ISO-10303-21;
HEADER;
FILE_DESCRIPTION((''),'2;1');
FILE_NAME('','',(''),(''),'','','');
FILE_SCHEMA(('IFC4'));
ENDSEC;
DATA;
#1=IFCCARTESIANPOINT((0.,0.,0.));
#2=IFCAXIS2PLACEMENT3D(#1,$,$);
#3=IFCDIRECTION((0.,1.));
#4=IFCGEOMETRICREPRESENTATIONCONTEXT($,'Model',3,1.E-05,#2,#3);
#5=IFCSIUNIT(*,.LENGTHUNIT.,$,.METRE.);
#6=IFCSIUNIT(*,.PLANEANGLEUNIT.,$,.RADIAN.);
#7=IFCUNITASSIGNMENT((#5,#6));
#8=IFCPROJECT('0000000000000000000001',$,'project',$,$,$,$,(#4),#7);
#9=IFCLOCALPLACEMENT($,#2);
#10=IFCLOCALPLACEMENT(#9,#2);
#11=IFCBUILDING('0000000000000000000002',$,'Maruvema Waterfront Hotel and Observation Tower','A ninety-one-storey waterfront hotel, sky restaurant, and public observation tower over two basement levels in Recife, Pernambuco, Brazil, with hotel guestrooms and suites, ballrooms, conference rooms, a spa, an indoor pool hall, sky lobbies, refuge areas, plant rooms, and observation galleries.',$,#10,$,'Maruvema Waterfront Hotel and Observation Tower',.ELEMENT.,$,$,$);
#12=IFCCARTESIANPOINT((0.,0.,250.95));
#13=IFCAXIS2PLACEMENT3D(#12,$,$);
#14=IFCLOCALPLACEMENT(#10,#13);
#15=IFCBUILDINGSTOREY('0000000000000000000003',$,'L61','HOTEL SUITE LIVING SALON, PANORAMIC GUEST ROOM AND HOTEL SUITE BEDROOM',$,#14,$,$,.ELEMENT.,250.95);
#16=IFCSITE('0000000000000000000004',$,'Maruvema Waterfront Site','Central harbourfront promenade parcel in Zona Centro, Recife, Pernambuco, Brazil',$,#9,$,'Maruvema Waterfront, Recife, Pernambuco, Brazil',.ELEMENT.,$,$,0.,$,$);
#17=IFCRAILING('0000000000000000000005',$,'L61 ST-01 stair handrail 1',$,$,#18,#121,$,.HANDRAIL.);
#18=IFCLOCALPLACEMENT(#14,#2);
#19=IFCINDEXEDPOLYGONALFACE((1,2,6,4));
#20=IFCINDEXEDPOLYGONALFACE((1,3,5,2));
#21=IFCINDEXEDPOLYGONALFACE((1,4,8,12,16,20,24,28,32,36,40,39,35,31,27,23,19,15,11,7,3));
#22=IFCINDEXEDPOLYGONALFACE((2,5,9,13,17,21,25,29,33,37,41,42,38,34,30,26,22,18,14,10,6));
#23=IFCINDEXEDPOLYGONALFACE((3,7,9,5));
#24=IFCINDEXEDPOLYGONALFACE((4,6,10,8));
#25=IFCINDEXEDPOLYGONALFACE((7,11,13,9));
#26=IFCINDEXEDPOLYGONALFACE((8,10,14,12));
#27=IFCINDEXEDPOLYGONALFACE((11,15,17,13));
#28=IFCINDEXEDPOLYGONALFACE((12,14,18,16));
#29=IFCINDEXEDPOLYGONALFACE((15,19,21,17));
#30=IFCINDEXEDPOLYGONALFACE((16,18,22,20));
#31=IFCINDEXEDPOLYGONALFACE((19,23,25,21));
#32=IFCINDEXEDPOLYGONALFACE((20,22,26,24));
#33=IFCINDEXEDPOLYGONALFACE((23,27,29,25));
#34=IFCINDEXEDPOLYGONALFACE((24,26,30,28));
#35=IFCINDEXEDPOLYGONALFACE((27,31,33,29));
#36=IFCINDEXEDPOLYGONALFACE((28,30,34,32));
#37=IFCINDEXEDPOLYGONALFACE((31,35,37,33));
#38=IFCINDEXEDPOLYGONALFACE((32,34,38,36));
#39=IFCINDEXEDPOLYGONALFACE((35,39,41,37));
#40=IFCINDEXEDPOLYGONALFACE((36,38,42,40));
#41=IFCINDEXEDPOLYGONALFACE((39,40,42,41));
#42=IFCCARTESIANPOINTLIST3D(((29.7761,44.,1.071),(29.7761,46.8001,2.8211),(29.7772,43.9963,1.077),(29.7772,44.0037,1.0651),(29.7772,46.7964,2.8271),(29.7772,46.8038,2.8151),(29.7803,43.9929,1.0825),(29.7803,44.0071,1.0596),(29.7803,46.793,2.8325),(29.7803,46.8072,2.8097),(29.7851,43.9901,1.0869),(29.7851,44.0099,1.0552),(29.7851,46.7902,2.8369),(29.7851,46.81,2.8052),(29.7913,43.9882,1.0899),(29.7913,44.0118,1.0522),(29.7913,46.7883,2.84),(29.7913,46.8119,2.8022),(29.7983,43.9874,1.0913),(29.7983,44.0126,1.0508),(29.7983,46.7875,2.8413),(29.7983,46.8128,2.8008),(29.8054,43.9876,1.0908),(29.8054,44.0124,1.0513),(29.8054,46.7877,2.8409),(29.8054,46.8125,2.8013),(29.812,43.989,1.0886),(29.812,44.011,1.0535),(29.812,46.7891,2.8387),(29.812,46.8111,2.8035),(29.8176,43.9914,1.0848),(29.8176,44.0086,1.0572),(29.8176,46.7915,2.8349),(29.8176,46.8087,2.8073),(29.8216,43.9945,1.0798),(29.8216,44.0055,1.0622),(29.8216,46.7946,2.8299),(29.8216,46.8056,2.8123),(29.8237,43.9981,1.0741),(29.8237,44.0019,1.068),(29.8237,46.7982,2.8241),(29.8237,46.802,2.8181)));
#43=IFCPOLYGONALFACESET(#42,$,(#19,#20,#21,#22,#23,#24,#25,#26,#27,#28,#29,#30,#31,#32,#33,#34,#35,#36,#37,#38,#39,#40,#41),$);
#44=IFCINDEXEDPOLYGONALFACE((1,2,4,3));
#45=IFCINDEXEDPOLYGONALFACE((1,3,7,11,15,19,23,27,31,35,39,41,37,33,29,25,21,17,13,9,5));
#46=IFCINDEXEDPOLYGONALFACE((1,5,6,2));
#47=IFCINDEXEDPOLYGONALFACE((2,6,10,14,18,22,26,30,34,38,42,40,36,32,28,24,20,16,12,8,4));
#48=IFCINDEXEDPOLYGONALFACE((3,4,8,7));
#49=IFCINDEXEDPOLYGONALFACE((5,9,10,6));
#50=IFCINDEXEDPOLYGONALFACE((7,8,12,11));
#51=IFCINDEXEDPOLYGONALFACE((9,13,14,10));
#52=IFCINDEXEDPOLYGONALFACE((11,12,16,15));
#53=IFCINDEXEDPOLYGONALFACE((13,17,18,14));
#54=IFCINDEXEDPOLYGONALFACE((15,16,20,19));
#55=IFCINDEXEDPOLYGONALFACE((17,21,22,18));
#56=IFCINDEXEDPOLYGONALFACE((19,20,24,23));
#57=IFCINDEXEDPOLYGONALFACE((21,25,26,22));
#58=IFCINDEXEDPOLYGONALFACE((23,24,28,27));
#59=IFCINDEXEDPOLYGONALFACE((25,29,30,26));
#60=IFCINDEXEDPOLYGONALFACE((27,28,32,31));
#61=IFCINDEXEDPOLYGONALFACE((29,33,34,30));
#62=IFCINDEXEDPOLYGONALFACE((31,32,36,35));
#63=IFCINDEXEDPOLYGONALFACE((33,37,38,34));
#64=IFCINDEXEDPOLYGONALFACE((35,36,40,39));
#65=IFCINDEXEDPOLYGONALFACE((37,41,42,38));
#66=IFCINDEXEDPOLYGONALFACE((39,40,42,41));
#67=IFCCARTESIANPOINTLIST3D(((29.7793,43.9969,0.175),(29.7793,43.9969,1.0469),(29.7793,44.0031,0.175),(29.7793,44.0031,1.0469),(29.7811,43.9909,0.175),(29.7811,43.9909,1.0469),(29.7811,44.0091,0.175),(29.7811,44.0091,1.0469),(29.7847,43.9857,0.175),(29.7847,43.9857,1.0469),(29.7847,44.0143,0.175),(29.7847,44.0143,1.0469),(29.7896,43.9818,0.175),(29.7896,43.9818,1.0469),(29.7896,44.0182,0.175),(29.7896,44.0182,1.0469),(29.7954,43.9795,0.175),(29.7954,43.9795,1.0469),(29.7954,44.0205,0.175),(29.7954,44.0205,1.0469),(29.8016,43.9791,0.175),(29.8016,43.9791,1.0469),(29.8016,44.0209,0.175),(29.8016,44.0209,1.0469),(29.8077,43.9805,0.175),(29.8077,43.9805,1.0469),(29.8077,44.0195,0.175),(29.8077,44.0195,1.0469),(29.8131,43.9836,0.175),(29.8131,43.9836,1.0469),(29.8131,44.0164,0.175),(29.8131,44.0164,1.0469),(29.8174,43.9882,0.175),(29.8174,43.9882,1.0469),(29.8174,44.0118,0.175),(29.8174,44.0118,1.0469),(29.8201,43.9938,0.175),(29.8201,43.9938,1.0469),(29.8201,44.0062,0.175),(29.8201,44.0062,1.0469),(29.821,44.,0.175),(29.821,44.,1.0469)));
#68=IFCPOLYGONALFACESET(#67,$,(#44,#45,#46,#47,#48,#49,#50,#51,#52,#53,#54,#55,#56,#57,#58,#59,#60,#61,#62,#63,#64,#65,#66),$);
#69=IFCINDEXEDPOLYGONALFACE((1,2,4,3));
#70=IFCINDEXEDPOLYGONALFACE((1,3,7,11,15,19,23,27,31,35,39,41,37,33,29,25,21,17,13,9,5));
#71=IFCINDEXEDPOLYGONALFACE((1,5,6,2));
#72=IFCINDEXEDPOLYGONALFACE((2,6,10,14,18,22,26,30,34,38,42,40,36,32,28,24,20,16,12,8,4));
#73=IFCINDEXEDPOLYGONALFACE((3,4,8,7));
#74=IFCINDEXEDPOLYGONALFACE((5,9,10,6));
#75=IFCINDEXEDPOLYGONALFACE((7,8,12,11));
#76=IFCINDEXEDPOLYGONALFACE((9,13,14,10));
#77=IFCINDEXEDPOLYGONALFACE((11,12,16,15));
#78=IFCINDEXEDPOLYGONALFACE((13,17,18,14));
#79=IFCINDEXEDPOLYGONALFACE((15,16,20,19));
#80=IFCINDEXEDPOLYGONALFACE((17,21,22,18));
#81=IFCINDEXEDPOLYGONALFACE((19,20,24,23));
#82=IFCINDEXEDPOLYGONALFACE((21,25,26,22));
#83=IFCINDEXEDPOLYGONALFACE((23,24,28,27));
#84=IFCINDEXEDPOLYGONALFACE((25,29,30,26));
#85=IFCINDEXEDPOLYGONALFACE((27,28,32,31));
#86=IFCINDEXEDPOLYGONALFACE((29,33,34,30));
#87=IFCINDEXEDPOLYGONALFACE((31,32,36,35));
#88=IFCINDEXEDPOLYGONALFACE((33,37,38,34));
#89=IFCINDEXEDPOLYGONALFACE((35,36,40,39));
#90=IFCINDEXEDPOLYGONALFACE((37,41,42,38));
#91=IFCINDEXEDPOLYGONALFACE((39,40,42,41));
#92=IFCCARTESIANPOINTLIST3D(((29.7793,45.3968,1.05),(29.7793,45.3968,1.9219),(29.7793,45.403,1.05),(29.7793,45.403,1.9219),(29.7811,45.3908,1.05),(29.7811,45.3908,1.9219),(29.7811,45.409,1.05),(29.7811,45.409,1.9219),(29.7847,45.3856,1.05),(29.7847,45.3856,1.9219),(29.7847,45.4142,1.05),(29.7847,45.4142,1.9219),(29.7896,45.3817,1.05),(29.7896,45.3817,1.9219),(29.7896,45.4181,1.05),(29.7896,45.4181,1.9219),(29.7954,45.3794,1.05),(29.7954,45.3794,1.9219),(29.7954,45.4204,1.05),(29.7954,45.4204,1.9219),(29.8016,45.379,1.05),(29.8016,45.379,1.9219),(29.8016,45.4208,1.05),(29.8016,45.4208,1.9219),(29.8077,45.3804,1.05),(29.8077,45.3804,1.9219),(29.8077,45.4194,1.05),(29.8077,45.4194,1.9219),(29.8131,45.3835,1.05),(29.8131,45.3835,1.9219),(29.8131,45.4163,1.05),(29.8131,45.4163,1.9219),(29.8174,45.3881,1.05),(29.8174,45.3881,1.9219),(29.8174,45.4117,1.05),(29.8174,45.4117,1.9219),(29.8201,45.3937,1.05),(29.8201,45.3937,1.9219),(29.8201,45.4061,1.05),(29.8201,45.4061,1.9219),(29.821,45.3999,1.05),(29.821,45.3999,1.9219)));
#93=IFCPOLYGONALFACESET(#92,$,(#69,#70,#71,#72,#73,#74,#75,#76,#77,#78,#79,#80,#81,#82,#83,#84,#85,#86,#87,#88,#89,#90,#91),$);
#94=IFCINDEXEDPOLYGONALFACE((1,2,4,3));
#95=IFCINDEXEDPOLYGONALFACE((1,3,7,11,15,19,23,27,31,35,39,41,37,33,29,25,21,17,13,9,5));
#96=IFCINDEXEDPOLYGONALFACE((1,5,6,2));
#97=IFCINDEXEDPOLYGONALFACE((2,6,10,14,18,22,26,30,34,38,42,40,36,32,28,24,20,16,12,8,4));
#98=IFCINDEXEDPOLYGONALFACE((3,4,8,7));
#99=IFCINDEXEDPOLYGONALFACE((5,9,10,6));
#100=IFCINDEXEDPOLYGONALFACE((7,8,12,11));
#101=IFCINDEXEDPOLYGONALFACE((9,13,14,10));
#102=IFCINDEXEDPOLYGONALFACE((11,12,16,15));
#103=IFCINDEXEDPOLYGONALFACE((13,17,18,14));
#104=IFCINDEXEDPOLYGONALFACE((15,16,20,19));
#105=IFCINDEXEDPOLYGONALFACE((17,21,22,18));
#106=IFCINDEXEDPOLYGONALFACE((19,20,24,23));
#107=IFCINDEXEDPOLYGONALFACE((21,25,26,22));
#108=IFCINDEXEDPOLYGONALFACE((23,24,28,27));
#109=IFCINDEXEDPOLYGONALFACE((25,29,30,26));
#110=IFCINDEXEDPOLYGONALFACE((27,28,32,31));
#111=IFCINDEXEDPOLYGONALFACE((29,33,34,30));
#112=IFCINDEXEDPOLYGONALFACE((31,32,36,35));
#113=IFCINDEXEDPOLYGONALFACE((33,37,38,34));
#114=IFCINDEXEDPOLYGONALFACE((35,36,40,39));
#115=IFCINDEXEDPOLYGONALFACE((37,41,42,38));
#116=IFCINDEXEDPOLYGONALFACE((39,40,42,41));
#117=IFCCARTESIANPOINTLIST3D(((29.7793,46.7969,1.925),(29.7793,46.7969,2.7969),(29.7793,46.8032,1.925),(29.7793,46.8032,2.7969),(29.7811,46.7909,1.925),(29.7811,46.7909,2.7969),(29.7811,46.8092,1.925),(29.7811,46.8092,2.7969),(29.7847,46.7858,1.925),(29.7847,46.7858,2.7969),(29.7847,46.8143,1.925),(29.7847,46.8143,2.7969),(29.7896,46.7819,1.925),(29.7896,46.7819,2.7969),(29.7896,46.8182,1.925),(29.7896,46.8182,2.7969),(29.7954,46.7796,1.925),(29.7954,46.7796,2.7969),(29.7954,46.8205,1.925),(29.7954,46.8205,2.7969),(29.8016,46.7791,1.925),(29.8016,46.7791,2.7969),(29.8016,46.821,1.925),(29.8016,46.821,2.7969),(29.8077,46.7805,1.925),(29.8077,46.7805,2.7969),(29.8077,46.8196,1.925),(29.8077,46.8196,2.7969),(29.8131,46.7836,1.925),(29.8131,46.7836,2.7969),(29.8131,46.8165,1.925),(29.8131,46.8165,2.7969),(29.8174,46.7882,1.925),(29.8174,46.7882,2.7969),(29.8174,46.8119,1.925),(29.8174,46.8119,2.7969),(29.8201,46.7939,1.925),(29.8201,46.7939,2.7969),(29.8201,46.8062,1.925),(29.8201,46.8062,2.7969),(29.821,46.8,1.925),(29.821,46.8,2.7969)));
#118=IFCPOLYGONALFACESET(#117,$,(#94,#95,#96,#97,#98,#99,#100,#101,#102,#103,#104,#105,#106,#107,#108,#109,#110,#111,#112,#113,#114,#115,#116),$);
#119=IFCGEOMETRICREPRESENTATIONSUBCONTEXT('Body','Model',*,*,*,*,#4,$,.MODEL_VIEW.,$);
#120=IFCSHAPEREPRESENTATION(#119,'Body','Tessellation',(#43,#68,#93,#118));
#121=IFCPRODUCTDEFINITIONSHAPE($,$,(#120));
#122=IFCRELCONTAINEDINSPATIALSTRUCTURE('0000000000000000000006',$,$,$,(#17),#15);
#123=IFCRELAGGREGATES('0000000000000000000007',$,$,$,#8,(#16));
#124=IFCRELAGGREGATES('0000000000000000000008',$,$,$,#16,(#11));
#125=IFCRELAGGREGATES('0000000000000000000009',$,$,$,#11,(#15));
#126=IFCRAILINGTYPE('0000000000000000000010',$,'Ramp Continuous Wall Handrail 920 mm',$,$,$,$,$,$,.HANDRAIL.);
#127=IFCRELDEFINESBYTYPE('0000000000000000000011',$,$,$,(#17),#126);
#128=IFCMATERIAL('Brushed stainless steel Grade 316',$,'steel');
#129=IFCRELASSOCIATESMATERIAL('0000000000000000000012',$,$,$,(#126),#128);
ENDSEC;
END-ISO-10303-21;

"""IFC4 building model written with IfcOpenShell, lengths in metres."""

from ifc_helpers import new_model, si_unit, direction, frame, origin, origin_2d, place, context, subcontext, project, spatial, circle, extrude, material, type_object, element, save


model = new_model("IFC4")

# Units and contexts
model_context = context("Model", 3, precision=1e-05, world=origin(), true_north=direction((0.0, 1.0)))
body_context = subcontext(model_context, "Body", "Model", "MODEL_VIEW")
ifc_project = project(units=[si_unit("LENGTHUNIT", "METRE"), si_unit("PLANEANGLEUNIT", "RADIAN")], contexts=[model_context])

# Site, building, storey
site_placement = place(None, origin())
site = spatial("IfcSite", under=ifc_project, at=site_placement, Name="Maruvema Waterfront Site", Description="Central harbourfront promenade parcel in Zona Centro, Recife, Pernambuco, Brazil", LongName="Maruvema Waterfront, Recife, Pernambuco, Brazil", CompositionType="ELEMENT", RefElevation=0.0)
building_placement = place(site_placement, origin())
building = spatial("IfcBuilding", under=site, at=building_placement, Name="Maruvema Waterfront Hotel and Observation Tower", Description="A ninety-one-storey waterfront hotel, sky restaurant, and public observation tower over two basement levels in Recife, Pernambuco, Brazil, with hotel guestrooms and suites, ballrooms, conference rooms, a spa, an indoor pool hall, sky lobbies, refuge areas, plant rooms, and observation galleries.", LongName="Maruvema Waterfront Hotel and Observation Tower", CompositionType="ELEMENT")
storey_placement = place(building_placement, frame((0.0, 0.0, 250.95)))
storey = spatial("IfcBuildingStorey", under=building, at=storey_placement, Name="L61", Description="HOTEL SUITE LIVING SALON, PANORAMIC GUEST ROOM AND HOTEL SUITE BEDROOM", CompositionType="ELEMENT", Elevation=250.95)

# Railing
ifc_material_1 = material(Name="Brushed stainless steel Grade 316", Category="steel")
railing_type_1 = type_object("IfcRailingType", Name="Ramp Continuous Wall Handrail 920 mm", PredefinedType="HANDRAIL", material=ifc_material_1)
railing_1_placement = place(storey_placement, frame((29.8, 44.0, 0.175)))
element("IfcRailing", 1, at=railing_1_placement, inside=storey, type_object=railing_type_1, Name="L61 ST-01 stair handrail 1", PredefinedType="HANDRAIL", context=body_context, shape_type="SweptSolid", body=[
    extrude(circle(Radius=0.0239, at=origin_2d()), frame((0.0, 0.0, 0.896), z_axis=(0.0, 0.848002, 0.529992), x_axis=(-1.0, 0.0, 0.0)), (0.0, 0.0, 1.0), 3.302),
    extrude(circle(Radius=0.021, at=origin_2d()), origin(), (0.0, 0.0, 1.0), 0.8718),
    extrude(circle(Radius=0.021, at=origin_2d()), frame((0.0, 1.3999, 0.875)), (0.0, 0.0, 1.0), 0.8718),
    extrude(circle(Radius=0.021, at=origin_2d()), frame((0.0, 2.8, 1.75)), (0.0, 0.0, 1.0), 0.8718),
])

save(model, "model.ifc")
